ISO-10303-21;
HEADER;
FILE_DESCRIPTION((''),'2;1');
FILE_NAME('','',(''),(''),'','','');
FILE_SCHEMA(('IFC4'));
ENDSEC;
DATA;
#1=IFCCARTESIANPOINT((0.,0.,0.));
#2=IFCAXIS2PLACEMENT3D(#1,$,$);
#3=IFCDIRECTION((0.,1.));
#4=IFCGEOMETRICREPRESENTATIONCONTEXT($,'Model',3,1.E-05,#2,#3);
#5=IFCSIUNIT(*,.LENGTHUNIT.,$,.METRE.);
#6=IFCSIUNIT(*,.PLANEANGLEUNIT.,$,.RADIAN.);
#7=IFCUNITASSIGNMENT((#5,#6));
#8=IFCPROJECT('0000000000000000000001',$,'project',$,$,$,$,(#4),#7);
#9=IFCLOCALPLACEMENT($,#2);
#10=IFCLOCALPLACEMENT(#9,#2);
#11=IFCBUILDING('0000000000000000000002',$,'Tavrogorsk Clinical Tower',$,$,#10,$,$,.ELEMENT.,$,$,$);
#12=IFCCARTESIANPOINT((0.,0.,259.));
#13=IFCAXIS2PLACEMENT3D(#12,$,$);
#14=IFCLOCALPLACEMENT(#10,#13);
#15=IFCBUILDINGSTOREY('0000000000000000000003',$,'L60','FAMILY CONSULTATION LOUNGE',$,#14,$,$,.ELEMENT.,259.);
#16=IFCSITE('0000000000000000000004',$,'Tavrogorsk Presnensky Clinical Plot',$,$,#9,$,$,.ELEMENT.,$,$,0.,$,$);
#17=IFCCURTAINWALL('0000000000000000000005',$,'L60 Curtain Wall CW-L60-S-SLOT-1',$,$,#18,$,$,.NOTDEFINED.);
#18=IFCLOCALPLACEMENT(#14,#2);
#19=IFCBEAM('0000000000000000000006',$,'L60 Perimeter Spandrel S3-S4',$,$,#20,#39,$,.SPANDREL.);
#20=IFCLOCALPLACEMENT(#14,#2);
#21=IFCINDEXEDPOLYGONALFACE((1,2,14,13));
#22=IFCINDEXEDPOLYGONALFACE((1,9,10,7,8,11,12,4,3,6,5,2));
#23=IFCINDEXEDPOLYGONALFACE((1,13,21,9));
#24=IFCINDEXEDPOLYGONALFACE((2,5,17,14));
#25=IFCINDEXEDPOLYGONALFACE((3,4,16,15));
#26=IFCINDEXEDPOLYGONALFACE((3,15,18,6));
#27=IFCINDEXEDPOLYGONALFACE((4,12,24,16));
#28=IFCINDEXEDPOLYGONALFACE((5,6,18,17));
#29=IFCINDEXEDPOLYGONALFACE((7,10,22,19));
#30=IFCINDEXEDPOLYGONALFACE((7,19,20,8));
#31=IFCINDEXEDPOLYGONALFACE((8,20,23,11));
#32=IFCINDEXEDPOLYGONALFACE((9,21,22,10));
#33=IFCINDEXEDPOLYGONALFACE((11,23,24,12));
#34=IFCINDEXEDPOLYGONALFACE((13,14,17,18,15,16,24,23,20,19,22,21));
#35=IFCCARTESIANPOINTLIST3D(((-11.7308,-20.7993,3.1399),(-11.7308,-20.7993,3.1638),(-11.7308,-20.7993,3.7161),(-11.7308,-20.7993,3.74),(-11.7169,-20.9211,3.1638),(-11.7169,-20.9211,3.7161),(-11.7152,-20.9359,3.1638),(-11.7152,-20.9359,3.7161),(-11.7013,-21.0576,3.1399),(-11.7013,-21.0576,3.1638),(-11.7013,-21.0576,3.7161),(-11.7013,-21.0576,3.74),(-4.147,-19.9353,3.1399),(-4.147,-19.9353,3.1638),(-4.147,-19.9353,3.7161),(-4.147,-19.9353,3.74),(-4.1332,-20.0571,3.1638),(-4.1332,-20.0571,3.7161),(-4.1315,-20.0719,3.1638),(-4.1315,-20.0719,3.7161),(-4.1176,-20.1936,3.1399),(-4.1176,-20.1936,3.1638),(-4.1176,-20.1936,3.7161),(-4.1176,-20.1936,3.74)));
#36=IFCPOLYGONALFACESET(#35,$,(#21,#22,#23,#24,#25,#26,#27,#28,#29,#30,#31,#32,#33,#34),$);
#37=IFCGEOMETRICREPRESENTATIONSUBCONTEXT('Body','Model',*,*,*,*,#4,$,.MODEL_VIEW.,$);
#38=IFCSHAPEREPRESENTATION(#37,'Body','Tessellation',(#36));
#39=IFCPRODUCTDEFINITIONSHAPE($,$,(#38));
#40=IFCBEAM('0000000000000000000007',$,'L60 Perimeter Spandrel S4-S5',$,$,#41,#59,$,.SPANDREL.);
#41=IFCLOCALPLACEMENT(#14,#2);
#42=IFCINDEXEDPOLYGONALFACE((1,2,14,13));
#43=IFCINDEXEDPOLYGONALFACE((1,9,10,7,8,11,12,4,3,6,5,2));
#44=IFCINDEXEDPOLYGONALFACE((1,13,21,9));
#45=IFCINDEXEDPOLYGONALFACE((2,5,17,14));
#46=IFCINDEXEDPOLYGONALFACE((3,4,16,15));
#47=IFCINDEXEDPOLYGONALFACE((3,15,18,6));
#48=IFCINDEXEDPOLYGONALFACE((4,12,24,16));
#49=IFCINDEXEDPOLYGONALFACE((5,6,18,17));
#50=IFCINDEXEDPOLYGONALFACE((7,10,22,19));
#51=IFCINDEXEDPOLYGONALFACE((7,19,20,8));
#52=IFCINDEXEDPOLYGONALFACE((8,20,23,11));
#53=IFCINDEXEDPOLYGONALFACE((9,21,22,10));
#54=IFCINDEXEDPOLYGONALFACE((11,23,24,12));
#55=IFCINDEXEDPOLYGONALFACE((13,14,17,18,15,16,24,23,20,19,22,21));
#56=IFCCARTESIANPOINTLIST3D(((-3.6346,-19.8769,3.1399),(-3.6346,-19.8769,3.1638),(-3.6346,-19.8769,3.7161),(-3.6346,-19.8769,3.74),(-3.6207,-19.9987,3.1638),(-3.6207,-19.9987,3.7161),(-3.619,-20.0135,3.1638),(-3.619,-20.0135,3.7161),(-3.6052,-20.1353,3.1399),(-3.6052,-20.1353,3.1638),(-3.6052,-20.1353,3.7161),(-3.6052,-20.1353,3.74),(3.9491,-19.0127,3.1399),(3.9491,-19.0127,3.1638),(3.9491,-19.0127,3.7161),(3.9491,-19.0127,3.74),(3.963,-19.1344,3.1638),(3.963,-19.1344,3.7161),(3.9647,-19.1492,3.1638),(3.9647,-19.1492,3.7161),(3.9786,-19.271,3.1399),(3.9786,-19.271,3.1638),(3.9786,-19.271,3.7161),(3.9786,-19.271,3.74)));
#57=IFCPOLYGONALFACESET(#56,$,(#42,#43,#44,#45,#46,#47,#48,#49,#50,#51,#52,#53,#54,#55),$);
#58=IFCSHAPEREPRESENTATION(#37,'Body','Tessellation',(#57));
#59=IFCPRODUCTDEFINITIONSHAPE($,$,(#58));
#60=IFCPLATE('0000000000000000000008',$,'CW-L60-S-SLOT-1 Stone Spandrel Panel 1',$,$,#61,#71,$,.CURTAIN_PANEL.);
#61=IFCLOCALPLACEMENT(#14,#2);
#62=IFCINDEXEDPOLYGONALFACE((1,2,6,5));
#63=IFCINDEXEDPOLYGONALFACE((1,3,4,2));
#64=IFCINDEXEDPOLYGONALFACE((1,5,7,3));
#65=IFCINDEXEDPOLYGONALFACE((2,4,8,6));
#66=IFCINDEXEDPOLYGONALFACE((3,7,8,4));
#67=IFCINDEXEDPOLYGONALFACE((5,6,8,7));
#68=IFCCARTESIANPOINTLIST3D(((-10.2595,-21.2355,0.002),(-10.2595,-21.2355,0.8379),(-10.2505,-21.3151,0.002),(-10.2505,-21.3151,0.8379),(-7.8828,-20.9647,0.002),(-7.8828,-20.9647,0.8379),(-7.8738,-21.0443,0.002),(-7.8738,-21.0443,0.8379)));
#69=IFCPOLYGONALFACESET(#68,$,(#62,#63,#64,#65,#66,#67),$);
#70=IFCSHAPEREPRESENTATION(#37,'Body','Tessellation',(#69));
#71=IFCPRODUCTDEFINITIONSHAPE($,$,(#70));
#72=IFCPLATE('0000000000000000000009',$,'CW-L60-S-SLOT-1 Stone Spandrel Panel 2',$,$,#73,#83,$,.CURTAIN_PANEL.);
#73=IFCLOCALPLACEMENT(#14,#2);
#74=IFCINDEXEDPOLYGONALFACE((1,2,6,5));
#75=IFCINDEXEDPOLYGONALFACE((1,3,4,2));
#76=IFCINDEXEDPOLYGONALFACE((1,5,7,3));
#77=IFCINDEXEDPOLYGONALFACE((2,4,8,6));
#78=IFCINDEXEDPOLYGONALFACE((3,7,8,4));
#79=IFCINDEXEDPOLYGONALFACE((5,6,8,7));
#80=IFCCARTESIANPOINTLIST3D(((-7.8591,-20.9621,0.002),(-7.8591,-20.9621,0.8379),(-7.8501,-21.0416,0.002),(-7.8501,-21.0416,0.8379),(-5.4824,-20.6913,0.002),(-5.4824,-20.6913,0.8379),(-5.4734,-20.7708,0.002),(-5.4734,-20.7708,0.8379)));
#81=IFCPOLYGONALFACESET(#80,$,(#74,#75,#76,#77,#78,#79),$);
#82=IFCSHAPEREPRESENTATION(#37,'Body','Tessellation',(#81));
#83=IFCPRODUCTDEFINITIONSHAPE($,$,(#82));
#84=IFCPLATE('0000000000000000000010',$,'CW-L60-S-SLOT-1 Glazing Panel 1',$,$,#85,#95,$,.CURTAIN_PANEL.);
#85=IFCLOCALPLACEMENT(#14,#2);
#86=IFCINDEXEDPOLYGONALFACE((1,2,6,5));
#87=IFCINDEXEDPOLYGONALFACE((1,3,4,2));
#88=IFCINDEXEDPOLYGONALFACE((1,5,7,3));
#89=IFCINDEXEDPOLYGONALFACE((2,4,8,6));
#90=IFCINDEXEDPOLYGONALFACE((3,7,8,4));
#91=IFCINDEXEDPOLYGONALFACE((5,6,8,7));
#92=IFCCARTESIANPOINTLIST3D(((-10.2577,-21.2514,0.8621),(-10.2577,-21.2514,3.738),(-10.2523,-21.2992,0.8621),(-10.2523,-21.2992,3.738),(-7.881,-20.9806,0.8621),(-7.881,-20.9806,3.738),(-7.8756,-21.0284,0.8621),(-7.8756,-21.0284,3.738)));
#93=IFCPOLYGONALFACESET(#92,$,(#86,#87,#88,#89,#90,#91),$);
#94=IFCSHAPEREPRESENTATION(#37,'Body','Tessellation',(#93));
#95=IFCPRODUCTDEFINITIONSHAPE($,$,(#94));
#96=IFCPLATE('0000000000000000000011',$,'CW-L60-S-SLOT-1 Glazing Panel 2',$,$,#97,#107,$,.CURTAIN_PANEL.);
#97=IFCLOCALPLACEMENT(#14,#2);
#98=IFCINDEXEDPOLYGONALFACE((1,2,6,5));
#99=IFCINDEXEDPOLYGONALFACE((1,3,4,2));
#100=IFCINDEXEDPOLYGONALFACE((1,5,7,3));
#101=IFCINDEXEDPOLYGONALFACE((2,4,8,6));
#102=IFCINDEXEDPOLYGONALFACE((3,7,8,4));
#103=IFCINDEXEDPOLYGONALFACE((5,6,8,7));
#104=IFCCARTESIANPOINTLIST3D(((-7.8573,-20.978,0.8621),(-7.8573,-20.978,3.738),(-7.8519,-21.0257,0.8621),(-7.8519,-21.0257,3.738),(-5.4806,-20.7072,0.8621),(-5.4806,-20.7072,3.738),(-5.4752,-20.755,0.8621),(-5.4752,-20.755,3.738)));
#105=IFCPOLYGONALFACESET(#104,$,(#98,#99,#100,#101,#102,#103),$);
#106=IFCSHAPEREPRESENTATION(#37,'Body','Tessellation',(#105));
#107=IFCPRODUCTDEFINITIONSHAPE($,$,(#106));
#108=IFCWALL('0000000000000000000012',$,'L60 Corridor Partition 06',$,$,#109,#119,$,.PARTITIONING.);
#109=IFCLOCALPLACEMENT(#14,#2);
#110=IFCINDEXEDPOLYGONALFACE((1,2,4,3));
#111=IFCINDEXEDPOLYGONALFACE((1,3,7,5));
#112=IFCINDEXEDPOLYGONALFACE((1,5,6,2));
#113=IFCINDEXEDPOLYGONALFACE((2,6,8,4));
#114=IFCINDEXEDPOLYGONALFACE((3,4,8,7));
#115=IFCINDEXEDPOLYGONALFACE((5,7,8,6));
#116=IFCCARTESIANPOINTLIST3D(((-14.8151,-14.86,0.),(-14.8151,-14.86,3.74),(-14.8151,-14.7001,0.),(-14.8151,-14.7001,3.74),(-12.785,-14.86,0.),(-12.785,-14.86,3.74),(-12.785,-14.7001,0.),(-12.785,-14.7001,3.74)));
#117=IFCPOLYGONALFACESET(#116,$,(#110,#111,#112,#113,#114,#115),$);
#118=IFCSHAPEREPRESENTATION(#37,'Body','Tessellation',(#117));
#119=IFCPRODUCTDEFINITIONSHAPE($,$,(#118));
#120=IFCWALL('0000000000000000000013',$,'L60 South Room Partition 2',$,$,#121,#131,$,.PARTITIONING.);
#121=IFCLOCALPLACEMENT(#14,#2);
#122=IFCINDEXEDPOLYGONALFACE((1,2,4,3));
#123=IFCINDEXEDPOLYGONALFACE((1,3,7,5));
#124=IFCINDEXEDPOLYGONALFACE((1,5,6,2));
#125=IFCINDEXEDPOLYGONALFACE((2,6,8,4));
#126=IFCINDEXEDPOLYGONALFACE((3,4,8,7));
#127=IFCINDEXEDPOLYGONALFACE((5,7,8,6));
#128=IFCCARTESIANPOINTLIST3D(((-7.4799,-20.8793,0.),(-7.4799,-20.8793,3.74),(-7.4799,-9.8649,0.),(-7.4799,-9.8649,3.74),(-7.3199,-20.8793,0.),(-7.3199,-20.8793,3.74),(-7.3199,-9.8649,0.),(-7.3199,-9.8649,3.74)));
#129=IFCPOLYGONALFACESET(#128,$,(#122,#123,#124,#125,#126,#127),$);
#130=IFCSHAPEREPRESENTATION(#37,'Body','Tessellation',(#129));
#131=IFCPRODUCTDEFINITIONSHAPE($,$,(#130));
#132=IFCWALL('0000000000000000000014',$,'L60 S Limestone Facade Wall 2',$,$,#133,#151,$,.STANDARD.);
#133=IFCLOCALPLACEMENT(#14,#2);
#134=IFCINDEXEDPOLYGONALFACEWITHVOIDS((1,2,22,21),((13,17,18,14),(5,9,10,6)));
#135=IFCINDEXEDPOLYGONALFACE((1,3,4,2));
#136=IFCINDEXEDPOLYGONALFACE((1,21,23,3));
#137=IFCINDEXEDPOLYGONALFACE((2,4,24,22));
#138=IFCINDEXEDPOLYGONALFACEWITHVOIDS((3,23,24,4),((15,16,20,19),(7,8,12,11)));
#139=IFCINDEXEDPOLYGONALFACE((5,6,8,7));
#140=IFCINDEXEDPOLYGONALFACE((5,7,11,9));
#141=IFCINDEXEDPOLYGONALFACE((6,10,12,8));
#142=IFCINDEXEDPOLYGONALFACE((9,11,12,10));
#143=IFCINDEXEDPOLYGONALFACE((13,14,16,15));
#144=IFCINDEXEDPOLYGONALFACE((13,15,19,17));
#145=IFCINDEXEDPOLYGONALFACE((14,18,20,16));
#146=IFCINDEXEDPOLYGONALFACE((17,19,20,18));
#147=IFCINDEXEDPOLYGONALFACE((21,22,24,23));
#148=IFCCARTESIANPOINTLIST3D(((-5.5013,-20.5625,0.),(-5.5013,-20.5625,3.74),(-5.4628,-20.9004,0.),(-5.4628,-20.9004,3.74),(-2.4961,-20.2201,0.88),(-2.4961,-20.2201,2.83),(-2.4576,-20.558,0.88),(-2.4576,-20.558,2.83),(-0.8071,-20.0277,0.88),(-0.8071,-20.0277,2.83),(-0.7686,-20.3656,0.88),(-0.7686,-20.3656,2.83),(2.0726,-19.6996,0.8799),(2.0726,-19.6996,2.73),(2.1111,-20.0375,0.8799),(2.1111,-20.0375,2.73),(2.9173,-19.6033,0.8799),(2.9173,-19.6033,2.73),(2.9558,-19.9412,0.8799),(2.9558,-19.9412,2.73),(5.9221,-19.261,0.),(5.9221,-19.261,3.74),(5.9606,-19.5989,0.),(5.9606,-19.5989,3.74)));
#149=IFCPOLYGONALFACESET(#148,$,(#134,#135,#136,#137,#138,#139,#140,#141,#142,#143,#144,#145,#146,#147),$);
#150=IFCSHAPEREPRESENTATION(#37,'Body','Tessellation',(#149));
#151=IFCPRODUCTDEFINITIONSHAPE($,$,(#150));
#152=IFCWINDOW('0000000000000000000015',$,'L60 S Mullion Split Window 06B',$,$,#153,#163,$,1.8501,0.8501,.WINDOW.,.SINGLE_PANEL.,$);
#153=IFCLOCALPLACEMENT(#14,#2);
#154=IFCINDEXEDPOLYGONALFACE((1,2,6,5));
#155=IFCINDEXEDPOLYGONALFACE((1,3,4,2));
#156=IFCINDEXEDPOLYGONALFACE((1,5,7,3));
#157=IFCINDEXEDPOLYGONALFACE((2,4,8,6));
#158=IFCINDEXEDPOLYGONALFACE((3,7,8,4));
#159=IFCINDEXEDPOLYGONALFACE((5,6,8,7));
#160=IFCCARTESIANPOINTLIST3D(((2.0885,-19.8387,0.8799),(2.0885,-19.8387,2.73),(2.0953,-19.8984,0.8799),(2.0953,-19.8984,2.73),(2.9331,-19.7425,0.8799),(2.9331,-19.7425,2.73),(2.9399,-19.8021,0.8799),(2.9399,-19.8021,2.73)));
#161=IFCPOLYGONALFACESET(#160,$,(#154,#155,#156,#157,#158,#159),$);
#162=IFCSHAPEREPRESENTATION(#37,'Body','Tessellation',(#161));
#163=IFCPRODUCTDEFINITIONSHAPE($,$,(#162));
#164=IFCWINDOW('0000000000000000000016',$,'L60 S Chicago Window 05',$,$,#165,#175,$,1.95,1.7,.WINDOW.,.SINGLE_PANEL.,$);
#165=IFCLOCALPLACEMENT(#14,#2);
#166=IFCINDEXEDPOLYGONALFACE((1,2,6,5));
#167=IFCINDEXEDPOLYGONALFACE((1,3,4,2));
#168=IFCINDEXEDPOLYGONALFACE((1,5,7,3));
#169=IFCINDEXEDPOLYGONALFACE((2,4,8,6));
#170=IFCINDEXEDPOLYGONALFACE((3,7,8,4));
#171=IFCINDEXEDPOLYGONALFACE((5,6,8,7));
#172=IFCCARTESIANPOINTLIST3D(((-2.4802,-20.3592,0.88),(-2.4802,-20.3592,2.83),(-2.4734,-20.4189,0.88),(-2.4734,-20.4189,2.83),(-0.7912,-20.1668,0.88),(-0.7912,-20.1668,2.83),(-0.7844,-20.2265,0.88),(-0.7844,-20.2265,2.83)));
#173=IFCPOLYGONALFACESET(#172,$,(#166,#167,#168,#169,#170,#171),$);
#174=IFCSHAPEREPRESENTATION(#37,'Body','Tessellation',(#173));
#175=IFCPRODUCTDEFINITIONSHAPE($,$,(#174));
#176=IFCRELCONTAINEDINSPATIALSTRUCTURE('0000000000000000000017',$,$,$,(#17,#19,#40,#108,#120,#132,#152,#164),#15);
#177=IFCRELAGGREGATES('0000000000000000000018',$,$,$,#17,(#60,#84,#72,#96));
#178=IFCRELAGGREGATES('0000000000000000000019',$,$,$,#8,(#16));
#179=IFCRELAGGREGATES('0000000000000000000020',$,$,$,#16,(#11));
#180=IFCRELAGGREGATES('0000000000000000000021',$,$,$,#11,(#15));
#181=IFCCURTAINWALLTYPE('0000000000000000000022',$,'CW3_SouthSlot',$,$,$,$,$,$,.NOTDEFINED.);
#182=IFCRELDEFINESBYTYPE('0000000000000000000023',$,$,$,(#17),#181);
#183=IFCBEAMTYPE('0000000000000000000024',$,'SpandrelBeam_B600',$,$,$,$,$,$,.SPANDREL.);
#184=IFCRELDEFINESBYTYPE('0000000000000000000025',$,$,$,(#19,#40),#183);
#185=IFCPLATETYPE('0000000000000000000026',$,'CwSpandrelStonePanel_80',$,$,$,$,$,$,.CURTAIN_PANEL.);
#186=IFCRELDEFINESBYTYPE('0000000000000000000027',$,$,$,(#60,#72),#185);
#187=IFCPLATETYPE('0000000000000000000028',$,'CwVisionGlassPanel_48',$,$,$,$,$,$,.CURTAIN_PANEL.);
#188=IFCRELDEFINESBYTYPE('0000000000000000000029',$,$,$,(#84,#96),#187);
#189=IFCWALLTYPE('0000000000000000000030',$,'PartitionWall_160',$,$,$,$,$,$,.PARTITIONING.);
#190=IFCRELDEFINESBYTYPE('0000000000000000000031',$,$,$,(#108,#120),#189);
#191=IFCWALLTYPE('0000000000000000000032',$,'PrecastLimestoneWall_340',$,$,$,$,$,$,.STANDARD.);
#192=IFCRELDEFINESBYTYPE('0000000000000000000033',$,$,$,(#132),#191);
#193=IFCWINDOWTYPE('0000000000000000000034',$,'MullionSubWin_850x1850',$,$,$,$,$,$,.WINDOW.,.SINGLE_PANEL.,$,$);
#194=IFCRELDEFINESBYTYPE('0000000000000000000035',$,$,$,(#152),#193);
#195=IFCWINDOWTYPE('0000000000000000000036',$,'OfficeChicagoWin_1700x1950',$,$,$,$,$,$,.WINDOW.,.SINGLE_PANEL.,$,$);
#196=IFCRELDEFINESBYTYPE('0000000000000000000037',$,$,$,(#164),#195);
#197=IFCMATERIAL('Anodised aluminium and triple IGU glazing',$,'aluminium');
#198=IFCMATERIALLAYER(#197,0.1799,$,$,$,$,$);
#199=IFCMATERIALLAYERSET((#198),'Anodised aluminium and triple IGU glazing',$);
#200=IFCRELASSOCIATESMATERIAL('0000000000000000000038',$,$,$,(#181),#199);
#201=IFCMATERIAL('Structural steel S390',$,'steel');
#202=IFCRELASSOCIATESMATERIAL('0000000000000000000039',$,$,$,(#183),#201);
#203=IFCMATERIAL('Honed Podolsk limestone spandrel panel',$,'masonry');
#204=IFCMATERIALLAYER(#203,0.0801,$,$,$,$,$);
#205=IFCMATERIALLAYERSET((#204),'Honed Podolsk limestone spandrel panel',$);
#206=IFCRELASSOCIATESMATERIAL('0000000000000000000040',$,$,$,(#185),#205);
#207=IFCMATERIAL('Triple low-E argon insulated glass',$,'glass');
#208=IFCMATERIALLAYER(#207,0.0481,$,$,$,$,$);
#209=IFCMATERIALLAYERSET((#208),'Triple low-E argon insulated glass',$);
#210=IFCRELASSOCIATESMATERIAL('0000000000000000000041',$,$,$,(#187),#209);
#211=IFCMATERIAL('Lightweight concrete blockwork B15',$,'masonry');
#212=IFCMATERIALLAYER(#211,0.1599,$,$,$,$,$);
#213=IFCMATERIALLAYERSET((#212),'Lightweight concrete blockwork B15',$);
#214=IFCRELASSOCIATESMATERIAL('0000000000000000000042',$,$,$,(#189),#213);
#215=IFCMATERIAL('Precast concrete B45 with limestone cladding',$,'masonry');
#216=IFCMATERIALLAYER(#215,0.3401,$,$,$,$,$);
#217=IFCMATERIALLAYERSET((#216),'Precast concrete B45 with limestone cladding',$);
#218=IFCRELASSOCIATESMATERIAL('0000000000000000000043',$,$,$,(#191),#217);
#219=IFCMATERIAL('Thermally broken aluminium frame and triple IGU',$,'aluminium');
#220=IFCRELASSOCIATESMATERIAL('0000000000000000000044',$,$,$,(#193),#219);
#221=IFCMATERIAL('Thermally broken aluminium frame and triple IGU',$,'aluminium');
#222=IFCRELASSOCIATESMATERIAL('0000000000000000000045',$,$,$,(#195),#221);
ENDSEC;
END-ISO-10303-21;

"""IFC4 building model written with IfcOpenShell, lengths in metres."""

from ifc_helpers import new_model, si_unit, direction, frame, frame_2d, origin, origin_2d, place, context, subcontext, project, spatial, rectangle, i_section, extrude, material, layer, layer_set, material_profile, profile_set, type_object, element, fill, aggregate, save


model = new_model("IFC4")

# Units and contexts
model_context = context("Model", 3, precision=1e-05, world=origin(), true_north=direction((0.0, 1.0)))
body_context = subcontext(model_context, "Body", "Model", "MODEL_VIEW")
ifc_project = project(units=[si_unit("LENGTHUNIT", "METRE"), si_unit("PLANEANGLEUNIT", "RADIAN")], contexts=[model_context])

# Site, building, storey
site_placement = place(None, origin())
site = spatial("IfcSite", under=ifc_project, at=site_placement, Name="Tavrogorsk Presnensky Clinical Plot", CompositionType="ELEMENT", RefElevation=0.0)
building_placement = place(site_placement, origin())
building = spatial("IfcBuilding", under=site, at=building_placement, Name="Tavrogorsk Clinical Tower", CompositionType="ELEMENT")
storey_placement = place(building_placement, frame((0.0, 0.0, 259.0)))
storey = spatial("IfcBuildingStorey", under=building, at=storey_placement, Name="L60", Description="FAMILY CONSULTATION LOUNGE", CompositionType="ELEMENT", Elevation=259.0)

# Curtain wall
ifc_material_1 = material(Name="Anodised aluminium and triple IGU glazing", Category="aluminium")
ifc_layer_1 = layer(ifc_material_1, 0.1799)
ifc_layer_set_1 = layer_set([ifc_layer_1], Name="Anodised aluminium and triple IGU glazing")
curtain_wall_type = type_object("IfcCurtainWallType", Name="CW3_SouthSlot", PredefinedType="NOTDEFINED", material=ifc_layer_set_1)
curtain_wall_placement = place(storey_placement, origin())
curtain_wall = element("IfcCurtainWall", 1, at=curtain_wall_placement, inside=storey, type_object=curtain_wall_type, Name="L60 Curtain Wall CW-L60-S-SLOT-1", PredefinedType="NOTDEFINED")

# Beams
ifc_material_2 = material(Name="Structural steel S390", Category="steel")
ifc_material_profile_1 = material_profile(ifc_material_2, i_section(OverallWidth=0.26, OverallDepth=0.6001, WebThickness=0.0149, FlangeThickness=0.0239, at=origin_2d()), Name="B-600x260x15x24")
ifc_profile_set_1 = profile_set([ifc_material_profile_1], Name="Structural steel S390")
beam_type = type_object("IfcBeamType", Name="SpandrelBeam_B600", PredefinedType="SPANDREL", material=ifc_profile_set_1)
for number, where, z_axis, x_axis, name in (
    (2, (-11.7161, -20.9285, 3.4399), (0.993573, 0.113197, 0.0), (-0.113197, 0.993573, 0.0), "L60 Perimeter Spandrel S3-S4"),
    (3, (-3.6199, -20.0061, 3.4399), (0.993569, 0.113229, 0.0), (-0.113229, 0.993569, 0.0), "L60 Perimeter Spandrel S4-S5"),
):
    element("IfcBeam", number, at=place(storey_placement, frame(where, z_axis=z_axis, x_axis=x_axis)), inside=storey, type_object=beam_type, Name=name, PredefinedType="SPANDREL", context=body_context, shape_type="SweptSolid", body=[
        extrude(i_section(OverallWidth=0.26, OverallDepth=0.6001, WebThickness=0.0149, FlangeThickness=0.0239, at=origin_2d()), origin(), (0.0, 0.0, 1.0), 7.6328),
    ])

# Plates
ifc_material_3 = material(Name="Honed Podolsk limestone spandrel panel", Category="masonry")
ifc_layer_2 = layer(ifc_material_3, 0.0801)
ifc_layer_set_2 = layer_set([ifc_layer_2], Name="Honed Podolsk limestone spandrel panel")
plate_type_1 = type_object("IfcPlateType", Name="CwSpandrelStonePanel_80", PredefinedType="CURTAIN_PANEL", material=ifc_layer_set_2)
plate_1_placement = place(storey_placement, frame((-9.0667, -21.1399, 0.002), z_axis=(0.0, 0.0, 1.0), x_axis=(0.993572, 0.113203, 0.0)))
plate_1 = element("IfcPlate", 4, at=plate_1_placement, type_object=plate_type_1, Name="CW-L60-S-SLOT-1 Stone Spandrel Panel 1", PredefinedType="CURTAIN_PANEL", context=body_context, shape_type="SweptSolid", body=[
    extrude(rectangle(XDim=2.3921, YDim=0.0801, at=origin_2d()), origin(), (0.0, 0.0, 1.0), 0.8359),
])
plate_2_placement = place(storey_placement, frame((-6.6663, -20.8665, 0.002), z_axis=(0.0, 0.0, 1.0), x_axis=(0.993572, 0.113203, 0.0)))
plate_2 = element("IfcPlate", 5, at=plate_2_placement, type_object=plate_type_1, Name="CW-L60-S-SLOT-1 Stone Spandrel Panel 2", PredefinedType="CURTAIN_PANEL", context=body_context, shape_type="SweptSolid", body=[
    extrude(rectangle(XDim=2.3921, YDim=0.0801, at=origin_2d()), origin(), (0.0, 0.0, 1.0), 0.8359),
])
ifc_material_4 = material(Name="Triple low-E argon insulated glass", Category="glass")
ifc_layer_3 = layer(ifc_material_4, 0.0481)
ifc_layer_set_3 = layer_set([ifc_layer_3], Name="Triple low-E argon insulated glass")
plate_type_2 = type_object("IfcPlateType", Name="CwVisionGlassPanel_48", PredefinedType="CURTAIN_PANEL", material=ifc_layer_set_3)
plate_3_placement = place(storey_placement, frame((-9.0667, -21.1399, 0.8621), z_axis=(0.0, 0.0, 1.0), x_axis=(0.993572, 0.113203, 0.0)))
plate_3 = element("IfcPlate", 6, at=plate_3_placement, type_object=plate_type_2, Name="CW-L60-S-SLOT-1 Glazing Panel 1", PredefinedType="CURTAIN_PANEL", context=body_context, shape_type="SweptSolid", body=[
    extrude(rectangle(XDim=2.3921, YDim=0.0481, at=origin_2d()), origin(), (0.0, 0.0, 1.0), 2.876),
])
plate_4_placement = place(storey_placement, frame((-6.6663, -20.8665, 0.8621), z_axis=(0.0, 0.0, 1.0), x_axis=(0.993572, 0.113203, 0.0)))
plate_4 = element("IfcPlate", 7, at=plate_4_placement, type_object=plate_type_2, Name="CW-L60-S-SLOT-1 Glazing Panel 2", PredefinedType="CURTAIN_PANEL", context=body_context, shape_type="SweptSolid", body=[
    extrude(rectangle(XDim=2.3921, YDim=0.0481, at=origin_2d()), origin(), (0.0, 0.0, 1.0), 2.876),
])
aggregate(curtain_wall, [plate_1, plate_3, plate_2, plate_4])

# Walls
ifc_material_5 = material(Name="Lightweight concrete blockwork B15", Category="masonry")
ifc_layer_4 = layer(ifc_material_5, 0.1599)
ifc_layer_set_4 = layer_set([ifc_layer_4], Name="Lightweight concrete blockwork B15")
wall_type_1 = type_object("IfcWallType", Name="PartitionWall_160", PredefinedType="PARTITIONING", material=ifc_layer_set_4)
wall_1_placement = place(storey_placement, frame((-12.7849, -14.78, 0.0), z_axis=(0.0, 0.0, 1.0), x_axis=(-1.0, 0.0, 0.0)))
element("IfcWall", 8, at=wall_1_placement, inside=storey, type_object=wall_type_1, Name="L60 Corridor Partition 06", PredefinedType="PARTITIONING", context=body_context, shape_type="SweptSolid", body=[
    extrude(rectangle(XDim=2.03, YDim=0.1599, at=frame_2d((1.0151, 0.0))), origin(), (0.0, 0.0, 1.0), 3.74),
])
wall_2_placement = place(storey_placement, frame((-7.3999, -20.8794, 0.0), z_axis=(0.0, 0.0, 1.0), x_axis=(0.0, 1.0, 0.0)))
element("IfcWall", 9, at=wall_2_placement, inside=storey, type_object=wall_type_1, Name="L60 South Room Partition 2", PredefinedType="PARTITIONING", context=body_context, shape_type="SweptSolid", body=[
    extrude(rectangle(XDim=11.0144, YDim=0.1599, at=frame_2d((5.5073, 0.0))), origin(), (0.0, 0.0, 1.0), 3.74),
])

# Wall, openings, windows
ifc_material_6 = material(Name="Precast concrete B45 with limestone cladding", Category="masonry")
ifc_layer_5 = layer(ifc_material_6, 0.3401)
ifc_layer_set_5 = layer_set([ifc_layer_5], Name="Precast concrete B45 with limestone cladding")
wall_type_2 = type_object("IfcWallType", Name="PrecastLimestoneWall_340", PredefinedType="STANDARD", material=ifc_layer_set_5)
wall_3_placement = place(storey_placement, frame((-5.4819, -20.7314, 0.0), z_axis=(0.0, 0.0, 1.0), x_axis=(0.993572, 0.113202, 0.0)))
wall_3 = element("IfcWall", 10, at=wall_3_placement, inside=storey, type_object=wall_type_2, Name="L60 S Limestone Facade Wall 2", PredefinedType="STANDARD", context=body_context, shape_type="SweptSolid", body=[
    extrude(rectangle(XDim=11.4973, YDim=0.3401, at=frame_2d((5.7485, 0.0))), origin(), (0.0, 0.0, 1.0), 3.74),
])
opening_1_placement = place(wall_3_placement, frame((3.0244, 0.0, 0.8799)))
opening_1 = element("IfcOpeningElement", 11, at=opening_1_placement, cuts=wall_3, PredefinedType="OPENING", context=body_context, shape_type="SweptSolid", body=[
    extrude(rectangle(XDim=1.7, YDim=1.95, at=frame_2d((0.8501, 0.9751))), frame((0.0, 0.1799, 0.0), z_axis=(0.0, -1.0, 0.0), x_axis=(1.0, 0.0, 0.0)), (0.0, 0.0, 1.0), 0.3601),
])
opening_2_placement = place(wall_3_placement, frame((7.6228, 0.0, 0.8799)))
opening_2 = element("IfcOpeningElement", 12, at=opening_2_placement, cuts=wall_3, PredefinedType="OPENING", context=body_context, shape_type="SweptSolid", body=[
    extrude(rectangle(XDim=0.8501, YDim=1.8501, at=frame_2d((0.425, 0.925))), frame((0.0, 0.1799, 0.0), z_axis=(0.0, -1.0, 0.0), x_axis=(1.0, 0.0, 0.0)), (0.0, 0.0, 1.0), 0.3601),
])
ifc_material_7 = material(Name="Thermally broken aluminium frame and triple IGU", Category="aluminium")
window_type_1 = type_object("IfcWindowType", Name="MullionSubWin_850x1850", PartitioningType="SINGLE_PANEL", PredefinedType="WINDOW", material=ifc_material_7)
window_1_placement = place(opening_2_placement, origin())
window_1 = element("IfcWindow", 13, at=window_1_placement, inside=storey, type_object=window_type_1, Name="L60 S Mullion Split Window 06B", OverallHeight=1.8501, OverallWidth=0.8501, PartitioningType="SINGLE_PANEL", PredefinedType="WINDOW", context=body_context, shape_type="SweptSolid", body=[
    extrude(rectangle(XDim=0.8501, YDim=1.8501, at=frame_2d((0.425, 0.925))), frame((0.0, 0.03, 0.0), z_axis=(0.0, -1.0, 0.0), x_axis=(1.0, 0.0, 0.0)), (0.0, 0.0, 1.0), 0.0601),
])
fill(opening_2, window_1)
ifc_material_8 = material(Name="Thermally broken aluminium frame and triple IGU", Category="aluminium")
window_type_2 = type_object("IfcWindowType", Name="OfficeChicagoWin_1700x1950", PartitioningType="SINGLE_PANEL", PredefinedType="WINDOW", material=ifc_material_8)
window_2_placement = place(opening_1_placement, origin())
window_2 = element("IfcWindow", 14, at=window_2_placement, inside=storey, type_object=window_type_2, Name="L60 S Chicago Window 05", OverallHeight=1.95, OverallWidth=1.7, PartitioningType="SINGLE_PANEL", PredefinedType="WINDOW", context=body_context, shape_type="SweptSolid", body=[
    extrude(rectangle(XDim=1.7, YDim=1.95, at=frame_2d((0.8501, 0.9751))), frame((0.0, 0.03, 0.0), z_axis=(0.0, -1.0, 0.0), x_axis=(1.0, 0.0, 0.0)), (0.0, 0.0, 1.0), 0.0601),
])
fill(opening_1, window_2)

save(model, "model.ifc")
